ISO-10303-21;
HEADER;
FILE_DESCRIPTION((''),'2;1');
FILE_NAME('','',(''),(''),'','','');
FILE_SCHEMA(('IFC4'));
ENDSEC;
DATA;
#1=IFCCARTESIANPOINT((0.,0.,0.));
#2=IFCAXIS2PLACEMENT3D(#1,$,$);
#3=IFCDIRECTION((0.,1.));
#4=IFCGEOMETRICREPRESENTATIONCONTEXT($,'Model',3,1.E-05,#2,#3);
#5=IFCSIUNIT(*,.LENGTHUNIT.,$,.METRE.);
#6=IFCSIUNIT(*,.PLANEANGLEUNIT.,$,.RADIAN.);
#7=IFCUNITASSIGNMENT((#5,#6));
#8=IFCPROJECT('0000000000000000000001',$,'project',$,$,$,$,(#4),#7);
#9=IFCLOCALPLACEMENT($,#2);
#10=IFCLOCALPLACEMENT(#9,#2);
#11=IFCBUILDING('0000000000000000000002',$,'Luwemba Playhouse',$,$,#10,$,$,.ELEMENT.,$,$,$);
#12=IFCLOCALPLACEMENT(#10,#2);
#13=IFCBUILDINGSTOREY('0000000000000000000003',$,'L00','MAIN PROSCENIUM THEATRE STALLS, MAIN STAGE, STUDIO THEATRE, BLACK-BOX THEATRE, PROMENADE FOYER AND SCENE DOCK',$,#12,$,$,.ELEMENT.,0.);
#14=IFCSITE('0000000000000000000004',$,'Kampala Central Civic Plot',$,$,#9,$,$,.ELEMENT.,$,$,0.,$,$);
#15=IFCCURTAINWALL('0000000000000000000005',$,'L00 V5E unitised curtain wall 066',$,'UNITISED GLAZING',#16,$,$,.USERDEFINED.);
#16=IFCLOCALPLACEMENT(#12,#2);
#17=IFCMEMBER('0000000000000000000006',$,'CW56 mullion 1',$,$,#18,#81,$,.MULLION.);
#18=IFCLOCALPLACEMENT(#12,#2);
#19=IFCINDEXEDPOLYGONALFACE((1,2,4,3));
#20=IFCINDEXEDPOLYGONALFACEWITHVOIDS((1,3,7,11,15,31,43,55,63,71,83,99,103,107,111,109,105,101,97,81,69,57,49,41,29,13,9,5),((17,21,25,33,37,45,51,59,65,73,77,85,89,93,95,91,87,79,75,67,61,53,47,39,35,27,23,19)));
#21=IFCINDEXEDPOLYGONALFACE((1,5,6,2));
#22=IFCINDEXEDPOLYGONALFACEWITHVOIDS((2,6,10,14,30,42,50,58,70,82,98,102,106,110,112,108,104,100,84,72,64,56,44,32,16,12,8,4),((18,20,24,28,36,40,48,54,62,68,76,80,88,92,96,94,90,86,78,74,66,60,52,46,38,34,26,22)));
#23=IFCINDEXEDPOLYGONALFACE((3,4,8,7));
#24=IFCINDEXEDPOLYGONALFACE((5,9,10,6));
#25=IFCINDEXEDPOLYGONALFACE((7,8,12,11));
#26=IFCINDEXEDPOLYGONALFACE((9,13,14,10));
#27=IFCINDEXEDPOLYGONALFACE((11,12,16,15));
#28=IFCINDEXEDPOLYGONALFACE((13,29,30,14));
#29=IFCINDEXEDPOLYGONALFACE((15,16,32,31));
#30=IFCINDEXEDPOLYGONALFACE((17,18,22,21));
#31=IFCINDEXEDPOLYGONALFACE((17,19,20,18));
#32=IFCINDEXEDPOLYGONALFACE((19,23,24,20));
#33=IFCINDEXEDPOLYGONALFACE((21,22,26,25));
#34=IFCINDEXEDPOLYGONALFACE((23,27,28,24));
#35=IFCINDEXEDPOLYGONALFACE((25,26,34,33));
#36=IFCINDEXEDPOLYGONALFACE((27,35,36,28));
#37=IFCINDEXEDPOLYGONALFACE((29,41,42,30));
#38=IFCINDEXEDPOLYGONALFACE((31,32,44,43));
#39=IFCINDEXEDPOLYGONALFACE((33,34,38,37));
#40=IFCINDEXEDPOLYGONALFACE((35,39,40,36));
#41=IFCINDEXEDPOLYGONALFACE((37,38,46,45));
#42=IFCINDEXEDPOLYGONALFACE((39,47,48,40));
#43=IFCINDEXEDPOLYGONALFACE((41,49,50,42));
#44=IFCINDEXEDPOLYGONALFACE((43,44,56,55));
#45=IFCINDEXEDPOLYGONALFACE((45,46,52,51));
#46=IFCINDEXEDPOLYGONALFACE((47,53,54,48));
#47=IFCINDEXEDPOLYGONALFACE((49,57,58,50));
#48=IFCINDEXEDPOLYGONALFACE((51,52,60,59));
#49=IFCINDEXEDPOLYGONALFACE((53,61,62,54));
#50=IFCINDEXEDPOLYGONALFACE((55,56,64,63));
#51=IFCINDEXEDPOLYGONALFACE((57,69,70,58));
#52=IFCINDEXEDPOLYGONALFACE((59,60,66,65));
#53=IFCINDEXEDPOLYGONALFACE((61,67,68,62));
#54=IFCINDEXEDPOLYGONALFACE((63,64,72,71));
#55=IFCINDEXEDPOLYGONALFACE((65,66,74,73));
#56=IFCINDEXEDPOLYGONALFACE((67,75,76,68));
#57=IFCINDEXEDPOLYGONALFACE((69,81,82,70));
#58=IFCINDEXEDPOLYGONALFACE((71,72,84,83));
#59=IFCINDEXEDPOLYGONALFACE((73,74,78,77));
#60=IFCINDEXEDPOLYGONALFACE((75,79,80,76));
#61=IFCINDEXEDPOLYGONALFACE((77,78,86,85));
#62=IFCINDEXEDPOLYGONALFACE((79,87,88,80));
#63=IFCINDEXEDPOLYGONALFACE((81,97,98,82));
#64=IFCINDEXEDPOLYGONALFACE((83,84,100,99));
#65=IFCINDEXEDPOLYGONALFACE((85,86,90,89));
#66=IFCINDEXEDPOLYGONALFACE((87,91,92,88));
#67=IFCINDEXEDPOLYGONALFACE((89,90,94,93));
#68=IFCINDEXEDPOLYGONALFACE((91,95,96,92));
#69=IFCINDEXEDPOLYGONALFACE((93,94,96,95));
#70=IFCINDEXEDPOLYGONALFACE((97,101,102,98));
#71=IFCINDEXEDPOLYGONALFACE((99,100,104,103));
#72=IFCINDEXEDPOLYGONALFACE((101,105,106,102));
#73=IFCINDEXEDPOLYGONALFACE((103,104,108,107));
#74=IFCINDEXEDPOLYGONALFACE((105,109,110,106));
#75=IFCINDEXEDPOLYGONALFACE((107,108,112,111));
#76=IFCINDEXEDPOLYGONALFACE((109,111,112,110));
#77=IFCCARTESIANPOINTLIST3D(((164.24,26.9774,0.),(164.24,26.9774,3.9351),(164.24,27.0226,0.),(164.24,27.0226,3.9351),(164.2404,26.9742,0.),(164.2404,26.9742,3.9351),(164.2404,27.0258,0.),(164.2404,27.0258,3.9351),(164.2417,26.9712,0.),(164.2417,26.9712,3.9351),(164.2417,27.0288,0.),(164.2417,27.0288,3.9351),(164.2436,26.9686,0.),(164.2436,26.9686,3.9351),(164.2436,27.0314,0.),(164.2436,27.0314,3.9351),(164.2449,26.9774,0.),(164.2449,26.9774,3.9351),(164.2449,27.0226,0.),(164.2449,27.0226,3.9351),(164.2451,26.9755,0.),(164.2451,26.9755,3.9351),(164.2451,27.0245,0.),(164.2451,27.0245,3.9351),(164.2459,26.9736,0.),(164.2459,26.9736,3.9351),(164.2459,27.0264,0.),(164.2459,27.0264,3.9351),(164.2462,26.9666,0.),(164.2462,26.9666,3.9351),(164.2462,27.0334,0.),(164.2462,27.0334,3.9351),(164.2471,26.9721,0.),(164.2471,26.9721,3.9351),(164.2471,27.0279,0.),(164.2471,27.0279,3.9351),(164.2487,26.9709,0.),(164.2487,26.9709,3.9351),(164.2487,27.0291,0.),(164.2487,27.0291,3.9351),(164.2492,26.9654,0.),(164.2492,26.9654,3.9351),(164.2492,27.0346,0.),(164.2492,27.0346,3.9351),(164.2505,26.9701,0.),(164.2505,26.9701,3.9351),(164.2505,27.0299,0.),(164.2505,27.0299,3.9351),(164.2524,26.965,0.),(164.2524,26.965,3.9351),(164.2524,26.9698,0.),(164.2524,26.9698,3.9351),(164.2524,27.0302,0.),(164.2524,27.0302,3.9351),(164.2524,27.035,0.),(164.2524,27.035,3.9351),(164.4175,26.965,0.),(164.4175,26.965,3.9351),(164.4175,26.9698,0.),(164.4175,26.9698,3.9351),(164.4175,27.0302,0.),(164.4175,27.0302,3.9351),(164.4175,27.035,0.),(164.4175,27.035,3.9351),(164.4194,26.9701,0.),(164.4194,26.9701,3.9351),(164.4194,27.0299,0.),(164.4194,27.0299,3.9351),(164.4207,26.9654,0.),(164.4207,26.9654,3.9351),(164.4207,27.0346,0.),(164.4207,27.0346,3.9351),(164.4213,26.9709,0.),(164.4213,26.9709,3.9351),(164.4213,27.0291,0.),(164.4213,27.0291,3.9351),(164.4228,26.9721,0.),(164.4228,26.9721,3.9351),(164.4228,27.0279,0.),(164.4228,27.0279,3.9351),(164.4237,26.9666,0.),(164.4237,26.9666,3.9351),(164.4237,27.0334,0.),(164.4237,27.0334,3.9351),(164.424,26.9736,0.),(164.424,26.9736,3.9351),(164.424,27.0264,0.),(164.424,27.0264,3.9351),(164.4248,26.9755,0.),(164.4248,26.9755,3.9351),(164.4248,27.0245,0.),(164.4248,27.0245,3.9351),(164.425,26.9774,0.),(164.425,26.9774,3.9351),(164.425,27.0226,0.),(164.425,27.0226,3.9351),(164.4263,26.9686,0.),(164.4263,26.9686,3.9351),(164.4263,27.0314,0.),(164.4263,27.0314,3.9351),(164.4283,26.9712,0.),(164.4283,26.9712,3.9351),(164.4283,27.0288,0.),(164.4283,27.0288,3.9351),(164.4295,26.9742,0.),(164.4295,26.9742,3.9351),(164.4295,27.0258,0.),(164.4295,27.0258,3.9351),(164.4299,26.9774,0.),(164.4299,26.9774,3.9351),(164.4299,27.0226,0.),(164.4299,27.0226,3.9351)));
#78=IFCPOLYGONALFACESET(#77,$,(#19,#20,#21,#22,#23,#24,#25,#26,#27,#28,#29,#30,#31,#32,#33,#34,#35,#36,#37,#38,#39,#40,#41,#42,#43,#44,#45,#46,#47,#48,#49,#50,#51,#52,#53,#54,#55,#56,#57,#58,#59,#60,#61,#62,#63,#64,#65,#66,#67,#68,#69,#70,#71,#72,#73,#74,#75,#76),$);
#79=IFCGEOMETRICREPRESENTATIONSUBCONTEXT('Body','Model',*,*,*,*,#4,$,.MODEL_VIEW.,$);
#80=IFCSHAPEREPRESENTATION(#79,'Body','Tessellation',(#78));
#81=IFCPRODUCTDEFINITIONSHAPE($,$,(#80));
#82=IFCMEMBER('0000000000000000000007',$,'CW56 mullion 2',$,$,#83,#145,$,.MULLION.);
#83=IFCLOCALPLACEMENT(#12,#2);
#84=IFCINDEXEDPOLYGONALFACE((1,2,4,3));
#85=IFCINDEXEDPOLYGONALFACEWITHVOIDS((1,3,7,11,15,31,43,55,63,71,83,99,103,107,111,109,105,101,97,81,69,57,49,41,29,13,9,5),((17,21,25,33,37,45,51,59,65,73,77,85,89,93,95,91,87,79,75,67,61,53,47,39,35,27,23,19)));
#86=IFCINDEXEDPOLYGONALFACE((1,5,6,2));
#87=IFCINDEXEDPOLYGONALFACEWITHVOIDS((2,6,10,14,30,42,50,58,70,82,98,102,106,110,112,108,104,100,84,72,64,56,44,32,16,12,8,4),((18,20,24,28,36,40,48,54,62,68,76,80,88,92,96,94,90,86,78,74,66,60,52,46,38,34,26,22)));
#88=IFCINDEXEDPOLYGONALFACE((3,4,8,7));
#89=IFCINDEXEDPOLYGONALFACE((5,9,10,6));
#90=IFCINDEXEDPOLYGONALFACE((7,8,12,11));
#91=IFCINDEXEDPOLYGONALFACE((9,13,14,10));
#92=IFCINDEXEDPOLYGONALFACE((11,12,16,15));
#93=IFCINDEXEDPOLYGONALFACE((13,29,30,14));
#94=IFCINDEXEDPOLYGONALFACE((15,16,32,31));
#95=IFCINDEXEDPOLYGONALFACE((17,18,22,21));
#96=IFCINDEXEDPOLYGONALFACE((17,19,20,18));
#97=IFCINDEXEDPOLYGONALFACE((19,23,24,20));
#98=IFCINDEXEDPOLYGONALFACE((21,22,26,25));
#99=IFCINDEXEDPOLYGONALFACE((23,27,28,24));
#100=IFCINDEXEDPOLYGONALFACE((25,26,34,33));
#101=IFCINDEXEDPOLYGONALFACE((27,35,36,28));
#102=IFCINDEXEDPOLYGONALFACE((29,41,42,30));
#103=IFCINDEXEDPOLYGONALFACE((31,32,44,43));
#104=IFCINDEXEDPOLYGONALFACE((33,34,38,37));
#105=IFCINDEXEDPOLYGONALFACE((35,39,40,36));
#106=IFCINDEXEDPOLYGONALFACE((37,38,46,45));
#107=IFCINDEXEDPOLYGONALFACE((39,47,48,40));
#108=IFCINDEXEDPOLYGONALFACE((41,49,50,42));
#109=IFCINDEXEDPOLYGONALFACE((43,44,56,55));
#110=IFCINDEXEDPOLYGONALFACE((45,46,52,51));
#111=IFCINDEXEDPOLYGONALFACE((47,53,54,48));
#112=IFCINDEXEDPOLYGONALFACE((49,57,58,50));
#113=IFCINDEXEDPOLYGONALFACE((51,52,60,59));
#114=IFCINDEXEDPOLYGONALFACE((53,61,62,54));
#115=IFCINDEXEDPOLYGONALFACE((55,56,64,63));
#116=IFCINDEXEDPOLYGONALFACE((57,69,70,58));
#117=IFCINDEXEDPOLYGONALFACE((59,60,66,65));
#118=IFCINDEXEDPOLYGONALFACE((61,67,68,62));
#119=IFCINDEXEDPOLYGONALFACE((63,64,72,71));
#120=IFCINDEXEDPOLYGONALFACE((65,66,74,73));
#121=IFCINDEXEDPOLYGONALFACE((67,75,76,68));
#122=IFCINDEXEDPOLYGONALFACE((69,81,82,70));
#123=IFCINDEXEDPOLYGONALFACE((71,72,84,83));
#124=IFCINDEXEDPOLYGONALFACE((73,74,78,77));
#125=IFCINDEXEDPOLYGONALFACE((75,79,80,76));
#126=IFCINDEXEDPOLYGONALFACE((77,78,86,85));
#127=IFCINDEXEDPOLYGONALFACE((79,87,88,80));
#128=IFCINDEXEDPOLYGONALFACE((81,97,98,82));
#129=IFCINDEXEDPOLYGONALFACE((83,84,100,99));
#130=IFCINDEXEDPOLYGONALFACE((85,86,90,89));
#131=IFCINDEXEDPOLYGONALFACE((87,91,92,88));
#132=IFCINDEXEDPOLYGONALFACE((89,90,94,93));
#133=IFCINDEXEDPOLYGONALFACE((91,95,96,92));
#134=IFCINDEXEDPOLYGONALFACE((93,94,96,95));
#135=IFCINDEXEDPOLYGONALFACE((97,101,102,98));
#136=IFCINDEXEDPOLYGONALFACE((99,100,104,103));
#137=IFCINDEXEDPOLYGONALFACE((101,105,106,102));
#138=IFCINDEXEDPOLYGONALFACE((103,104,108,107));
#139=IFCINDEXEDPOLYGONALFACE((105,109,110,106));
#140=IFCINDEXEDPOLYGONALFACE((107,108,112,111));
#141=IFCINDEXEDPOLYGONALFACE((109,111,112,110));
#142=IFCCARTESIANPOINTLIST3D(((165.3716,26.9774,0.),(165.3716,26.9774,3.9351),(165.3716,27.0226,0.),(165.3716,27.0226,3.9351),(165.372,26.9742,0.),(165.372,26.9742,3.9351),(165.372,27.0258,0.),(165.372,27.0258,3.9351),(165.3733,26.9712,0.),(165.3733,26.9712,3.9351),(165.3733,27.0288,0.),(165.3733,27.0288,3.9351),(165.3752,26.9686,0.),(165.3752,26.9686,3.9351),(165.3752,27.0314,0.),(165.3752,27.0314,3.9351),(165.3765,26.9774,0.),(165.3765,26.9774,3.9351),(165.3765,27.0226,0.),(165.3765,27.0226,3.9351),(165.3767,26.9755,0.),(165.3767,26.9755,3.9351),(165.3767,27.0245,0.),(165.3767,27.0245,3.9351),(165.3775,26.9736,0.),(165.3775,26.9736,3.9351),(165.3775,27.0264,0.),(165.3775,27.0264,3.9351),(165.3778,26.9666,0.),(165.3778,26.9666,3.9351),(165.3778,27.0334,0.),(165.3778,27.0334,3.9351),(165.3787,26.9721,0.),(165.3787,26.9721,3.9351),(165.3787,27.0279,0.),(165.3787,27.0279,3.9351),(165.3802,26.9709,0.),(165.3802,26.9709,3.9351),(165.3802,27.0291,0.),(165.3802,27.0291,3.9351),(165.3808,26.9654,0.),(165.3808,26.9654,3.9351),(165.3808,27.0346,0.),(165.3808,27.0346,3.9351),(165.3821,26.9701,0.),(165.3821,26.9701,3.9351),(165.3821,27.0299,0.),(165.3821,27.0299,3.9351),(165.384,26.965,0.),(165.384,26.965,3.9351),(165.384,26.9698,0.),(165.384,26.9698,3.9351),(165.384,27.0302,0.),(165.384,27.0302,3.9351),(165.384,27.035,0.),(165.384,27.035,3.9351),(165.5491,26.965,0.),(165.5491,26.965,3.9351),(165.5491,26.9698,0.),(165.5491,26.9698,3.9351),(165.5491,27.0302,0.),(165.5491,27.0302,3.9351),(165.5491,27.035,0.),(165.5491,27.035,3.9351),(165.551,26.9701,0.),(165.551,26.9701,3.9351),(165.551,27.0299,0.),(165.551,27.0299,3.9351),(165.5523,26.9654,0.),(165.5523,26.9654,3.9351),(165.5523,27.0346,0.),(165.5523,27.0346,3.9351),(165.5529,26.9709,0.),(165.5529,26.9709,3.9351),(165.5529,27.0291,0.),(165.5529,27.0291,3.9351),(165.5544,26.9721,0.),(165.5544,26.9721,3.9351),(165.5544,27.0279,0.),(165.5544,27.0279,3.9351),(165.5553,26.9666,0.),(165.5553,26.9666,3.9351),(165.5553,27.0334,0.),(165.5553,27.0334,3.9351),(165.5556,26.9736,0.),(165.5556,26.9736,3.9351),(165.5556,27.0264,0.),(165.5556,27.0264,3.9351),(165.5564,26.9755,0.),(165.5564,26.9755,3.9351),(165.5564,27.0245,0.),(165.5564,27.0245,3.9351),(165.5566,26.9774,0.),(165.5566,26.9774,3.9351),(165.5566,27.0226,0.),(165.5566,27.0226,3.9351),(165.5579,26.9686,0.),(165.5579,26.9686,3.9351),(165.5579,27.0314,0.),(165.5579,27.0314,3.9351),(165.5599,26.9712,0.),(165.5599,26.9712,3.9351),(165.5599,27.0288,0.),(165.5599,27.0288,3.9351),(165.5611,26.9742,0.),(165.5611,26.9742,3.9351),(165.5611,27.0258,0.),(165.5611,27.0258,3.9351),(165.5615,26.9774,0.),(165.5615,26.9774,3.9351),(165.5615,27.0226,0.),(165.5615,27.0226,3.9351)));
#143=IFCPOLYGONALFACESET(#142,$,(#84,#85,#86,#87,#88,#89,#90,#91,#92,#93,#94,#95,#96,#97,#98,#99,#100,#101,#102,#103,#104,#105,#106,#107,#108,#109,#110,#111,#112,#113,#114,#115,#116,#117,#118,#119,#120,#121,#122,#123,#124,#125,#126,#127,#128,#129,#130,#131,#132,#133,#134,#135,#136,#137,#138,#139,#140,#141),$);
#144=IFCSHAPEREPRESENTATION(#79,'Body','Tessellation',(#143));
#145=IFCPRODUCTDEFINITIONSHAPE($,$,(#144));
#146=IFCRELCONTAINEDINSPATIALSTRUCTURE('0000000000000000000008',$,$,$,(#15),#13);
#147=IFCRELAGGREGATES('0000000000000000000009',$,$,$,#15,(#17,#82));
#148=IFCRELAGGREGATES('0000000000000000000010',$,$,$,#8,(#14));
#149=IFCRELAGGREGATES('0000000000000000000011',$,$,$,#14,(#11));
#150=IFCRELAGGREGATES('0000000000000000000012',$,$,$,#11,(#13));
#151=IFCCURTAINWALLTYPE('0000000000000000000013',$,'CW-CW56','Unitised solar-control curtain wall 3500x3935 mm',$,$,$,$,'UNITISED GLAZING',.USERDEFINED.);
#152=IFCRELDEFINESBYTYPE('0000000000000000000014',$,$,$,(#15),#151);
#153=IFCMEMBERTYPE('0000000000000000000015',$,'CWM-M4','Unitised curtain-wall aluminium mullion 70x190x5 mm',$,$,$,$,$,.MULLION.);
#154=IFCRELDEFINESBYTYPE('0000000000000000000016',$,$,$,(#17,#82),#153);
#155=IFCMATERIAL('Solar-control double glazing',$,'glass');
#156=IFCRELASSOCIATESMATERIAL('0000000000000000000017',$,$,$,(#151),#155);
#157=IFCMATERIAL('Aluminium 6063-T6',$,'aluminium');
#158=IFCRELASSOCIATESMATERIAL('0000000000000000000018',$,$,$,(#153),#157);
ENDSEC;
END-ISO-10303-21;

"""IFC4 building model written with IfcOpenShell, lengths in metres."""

from ifc_helpers import new_model, si_unit, direction, frame, origin, origin_2d, place, context, subcontext, project, spatial, hollow_rectangle, extrude, material, material_profile, profile_set, type_object, element, aggregate, save


model = new_model("IFC4")

# Units and contexts
model_context = context("Model", 3, precision=1e-05, world=origin(), true_north=direction((0.0, 1.0)))
body_context = subcontext(model_context, "Body", "Model", "MODEL_VIEW")
ifc_project = project(units=[si_unit("LENGTHUNIT", "METRE"), si_unit("PLANEANGLEUNIT", "RADIAN")], contexts=[model_context])

# Site, building, storey
site_placement = place(None, origin())
site = spatial("IfcSite", under=ifc_project, at=site_placement, Name="Kampala Central Civic Plot", CompositionType="ELEMENT", RefElevation=0.0)
building_placement = place(site_placement, origin())
building = spatial("IfcBuilding", under=site, at=building_placement, Name="Luwemba Playhouse", CompositionType="ELEMENT")
storey_placement = place(building_placement, origin())
storey = spatial("IfcBuildingStorey", under=building, at=storey_placement, Name="L00", Description="MAIN PROSCENIUM THEATRE STALLS, MAIN STAGE, STUDIO THEATRE, BLACK-BOX THEATRE, PROMENADE FOYER AND SCENE DOCK", CompositionType="ELEMENT", Elevation=0.0)

# Shared definitions
ifc_material_1 = material(Name="Solar-control double glazing", Category="glass")
ifc_material_2 = material(Name="Aluminium 6063-T6", Category="aluminium")

# Curtain wall, members
curtain_wall_type_1 = type_object("IfcCurtainWallType", Name="CW-CW56", Description="Unitised solar-control curtain wall 3500x3935 mm", ElementType="UNITISED GLAZING", PredefinedType="USERDEFINED", material=ifc_material_1)
curtain_wall_1_placement = place(storey_placement, origin())
curtain_wall_1 = element("IfcCurtainWall", 1, at=curtain_wall_1_placement, inside=storey, type_object=curtain_wall_type_1, Name="L00 V5E unitised curtain wall 066", ObjectType="UNITISED GLAZING", PredefinedType="USERDEFINED")
ifc_material_profile_1 = material_profile(ifc_material_2, hollow_rectangle(XDim=0.0701, YDim=0.1899, WallThickness=0.0049, InnerFilletRadius=0.0076, OuterFilletRadius=0.0125, at=origin_2d()))
ifc_profile_set_1 = profile_set([ifc_material_profile_1], Name="Aluminium 6063-T6")
member_type_1 = type_object("IfcMemberType", Name="CWM-M4", Description="Unitised curtain-wall aluminium mullion 70x190x5 mm", PredefinedType="MULLION", material=ifc_profile_set_1)
member_1_placement = place(storey_placement, frame((164.335, 27.0, 0.0), z_axis=(0.0, 0.0, 1.0), x_axis=(0.0, 1.0, 0.0)))
member_1 = element("IfcMember", 2, at=member_1_placement, type_object=member_type_1, Name="CW56 mullion 1", PredefinedType="MULLION", context=body_context, shape_type="SweptSolid", body=[
    extrude(hollow_rectangle(XDim=0.0701, YDim=0.1899, WallThickness=0.0049, InnerFilletRadius=0.0076, OuterFilletRadius=0.0125, at=origin_2d()), origin(), (0.0, 0.0, 1.0), 3.9351),
])
member_2_placement = place(storey_placement, frame((165.4666, 27.0, 0.0), z_axis=(0.0, 0.0, 1.0), x_axis=(0.0, 1.0, 0.0)))
member_2 = element("IfcMember", 3, at=member_2_placement, type_object=member_type_1, Name="CW56 mullion 2", PredefinedType="MULLION", context=body_context, shape_type="SweptSolid", body=[
    extrude(hollow_rectangle(XDim=0.0701, YDim=0.1899, WallThickness=0.0049, InnerFilletRadius=0.0076, OuterFilletRadius=0.0125, at=origin_2d()), origin(), (0.0, 0.0, 1.0), 3.9351),
])

aggregate(curtain_wall_1, [member_1, member_2])

save(model, "model.ifc")
